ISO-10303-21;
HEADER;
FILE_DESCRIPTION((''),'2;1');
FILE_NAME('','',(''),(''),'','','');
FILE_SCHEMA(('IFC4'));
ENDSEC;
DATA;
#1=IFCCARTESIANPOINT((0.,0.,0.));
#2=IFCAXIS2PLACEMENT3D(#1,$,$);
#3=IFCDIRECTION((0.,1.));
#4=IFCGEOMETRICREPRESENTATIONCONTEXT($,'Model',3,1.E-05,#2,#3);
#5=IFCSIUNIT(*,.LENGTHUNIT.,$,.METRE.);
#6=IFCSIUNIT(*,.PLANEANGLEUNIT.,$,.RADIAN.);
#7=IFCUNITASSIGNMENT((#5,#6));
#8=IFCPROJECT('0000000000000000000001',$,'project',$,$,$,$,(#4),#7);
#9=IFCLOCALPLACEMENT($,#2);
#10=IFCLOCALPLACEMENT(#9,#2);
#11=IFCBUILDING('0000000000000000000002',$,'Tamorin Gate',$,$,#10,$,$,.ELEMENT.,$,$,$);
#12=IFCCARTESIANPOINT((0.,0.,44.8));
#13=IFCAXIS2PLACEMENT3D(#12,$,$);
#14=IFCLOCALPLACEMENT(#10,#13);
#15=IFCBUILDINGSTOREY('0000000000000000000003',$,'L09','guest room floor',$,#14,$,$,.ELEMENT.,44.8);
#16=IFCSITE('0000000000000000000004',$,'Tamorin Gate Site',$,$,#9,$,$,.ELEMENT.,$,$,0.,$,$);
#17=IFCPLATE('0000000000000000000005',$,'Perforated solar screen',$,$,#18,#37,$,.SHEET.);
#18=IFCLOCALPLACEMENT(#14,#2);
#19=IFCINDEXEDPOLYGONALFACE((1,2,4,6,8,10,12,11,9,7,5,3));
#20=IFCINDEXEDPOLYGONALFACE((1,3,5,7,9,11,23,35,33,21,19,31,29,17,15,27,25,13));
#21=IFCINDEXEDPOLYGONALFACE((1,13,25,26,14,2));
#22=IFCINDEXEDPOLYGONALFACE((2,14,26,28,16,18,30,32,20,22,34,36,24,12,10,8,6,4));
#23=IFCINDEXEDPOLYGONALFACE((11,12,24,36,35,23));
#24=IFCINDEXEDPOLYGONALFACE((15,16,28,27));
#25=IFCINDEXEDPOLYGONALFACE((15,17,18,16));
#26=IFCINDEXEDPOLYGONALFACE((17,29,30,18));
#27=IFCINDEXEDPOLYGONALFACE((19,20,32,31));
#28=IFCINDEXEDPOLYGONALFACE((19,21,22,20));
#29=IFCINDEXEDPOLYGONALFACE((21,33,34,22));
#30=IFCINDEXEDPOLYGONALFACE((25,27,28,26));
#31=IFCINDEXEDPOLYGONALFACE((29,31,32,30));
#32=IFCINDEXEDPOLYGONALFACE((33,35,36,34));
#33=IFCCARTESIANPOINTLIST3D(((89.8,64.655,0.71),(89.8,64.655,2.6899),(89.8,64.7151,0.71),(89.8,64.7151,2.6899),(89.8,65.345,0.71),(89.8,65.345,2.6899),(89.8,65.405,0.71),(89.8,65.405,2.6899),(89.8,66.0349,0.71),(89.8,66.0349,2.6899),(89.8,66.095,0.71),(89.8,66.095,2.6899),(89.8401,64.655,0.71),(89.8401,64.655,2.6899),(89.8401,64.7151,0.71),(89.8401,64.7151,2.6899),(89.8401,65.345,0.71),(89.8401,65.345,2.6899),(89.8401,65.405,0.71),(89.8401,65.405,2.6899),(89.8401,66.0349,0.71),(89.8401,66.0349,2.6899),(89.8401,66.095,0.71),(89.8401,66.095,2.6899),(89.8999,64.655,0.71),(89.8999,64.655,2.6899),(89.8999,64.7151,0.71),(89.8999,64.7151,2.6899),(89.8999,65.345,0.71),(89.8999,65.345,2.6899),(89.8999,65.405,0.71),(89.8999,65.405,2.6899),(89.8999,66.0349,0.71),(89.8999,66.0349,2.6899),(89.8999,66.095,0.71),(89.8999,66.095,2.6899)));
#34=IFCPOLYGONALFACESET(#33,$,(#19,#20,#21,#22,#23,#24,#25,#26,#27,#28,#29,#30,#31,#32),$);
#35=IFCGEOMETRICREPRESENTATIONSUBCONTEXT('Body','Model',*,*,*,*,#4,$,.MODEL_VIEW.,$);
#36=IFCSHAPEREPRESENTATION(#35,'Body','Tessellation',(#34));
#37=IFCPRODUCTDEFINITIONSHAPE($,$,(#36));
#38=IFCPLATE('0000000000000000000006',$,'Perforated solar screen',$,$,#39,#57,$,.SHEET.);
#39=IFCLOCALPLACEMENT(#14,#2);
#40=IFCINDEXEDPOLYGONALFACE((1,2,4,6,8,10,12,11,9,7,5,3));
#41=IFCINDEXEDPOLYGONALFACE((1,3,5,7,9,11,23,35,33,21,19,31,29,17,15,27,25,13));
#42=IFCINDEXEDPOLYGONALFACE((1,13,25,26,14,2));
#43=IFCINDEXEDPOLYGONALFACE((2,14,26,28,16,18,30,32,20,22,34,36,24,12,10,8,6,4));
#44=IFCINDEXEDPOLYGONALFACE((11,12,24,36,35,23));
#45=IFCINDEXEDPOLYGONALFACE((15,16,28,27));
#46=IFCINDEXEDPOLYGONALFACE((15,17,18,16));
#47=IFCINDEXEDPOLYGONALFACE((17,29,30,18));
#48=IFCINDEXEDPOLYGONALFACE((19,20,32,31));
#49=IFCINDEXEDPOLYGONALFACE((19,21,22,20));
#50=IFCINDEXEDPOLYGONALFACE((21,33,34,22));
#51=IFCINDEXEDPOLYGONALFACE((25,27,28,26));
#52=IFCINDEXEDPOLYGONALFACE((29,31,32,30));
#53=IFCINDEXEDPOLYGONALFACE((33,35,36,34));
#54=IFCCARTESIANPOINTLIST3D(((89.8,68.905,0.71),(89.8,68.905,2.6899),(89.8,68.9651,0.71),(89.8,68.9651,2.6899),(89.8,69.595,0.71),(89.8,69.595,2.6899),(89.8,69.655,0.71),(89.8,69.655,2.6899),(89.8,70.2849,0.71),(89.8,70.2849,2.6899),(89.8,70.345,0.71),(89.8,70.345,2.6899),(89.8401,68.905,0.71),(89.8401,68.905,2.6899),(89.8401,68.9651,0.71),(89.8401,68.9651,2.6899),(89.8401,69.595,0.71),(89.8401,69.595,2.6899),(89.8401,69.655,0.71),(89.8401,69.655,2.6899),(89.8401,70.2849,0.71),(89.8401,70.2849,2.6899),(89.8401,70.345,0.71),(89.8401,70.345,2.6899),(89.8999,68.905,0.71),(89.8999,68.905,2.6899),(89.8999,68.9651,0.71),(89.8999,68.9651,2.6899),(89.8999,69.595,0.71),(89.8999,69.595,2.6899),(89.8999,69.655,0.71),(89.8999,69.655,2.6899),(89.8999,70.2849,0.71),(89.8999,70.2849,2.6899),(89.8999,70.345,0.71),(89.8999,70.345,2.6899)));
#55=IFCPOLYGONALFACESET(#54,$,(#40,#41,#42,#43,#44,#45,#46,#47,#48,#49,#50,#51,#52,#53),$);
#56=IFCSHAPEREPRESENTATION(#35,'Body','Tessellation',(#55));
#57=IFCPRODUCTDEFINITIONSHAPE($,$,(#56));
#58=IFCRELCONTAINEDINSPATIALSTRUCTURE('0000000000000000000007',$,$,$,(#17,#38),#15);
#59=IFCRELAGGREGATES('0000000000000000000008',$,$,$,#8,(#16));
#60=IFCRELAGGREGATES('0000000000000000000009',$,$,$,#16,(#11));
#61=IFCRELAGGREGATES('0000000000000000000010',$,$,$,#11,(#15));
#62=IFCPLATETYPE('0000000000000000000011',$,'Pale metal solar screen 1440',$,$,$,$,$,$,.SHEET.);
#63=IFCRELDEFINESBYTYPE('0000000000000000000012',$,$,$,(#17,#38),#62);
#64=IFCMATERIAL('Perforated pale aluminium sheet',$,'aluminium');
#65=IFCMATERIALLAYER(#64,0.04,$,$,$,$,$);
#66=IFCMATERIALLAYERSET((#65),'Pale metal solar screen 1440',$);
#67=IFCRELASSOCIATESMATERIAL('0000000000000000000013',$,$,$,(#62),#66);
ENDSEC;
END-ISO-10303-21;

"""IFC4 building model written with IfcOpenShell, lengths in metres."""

from ifc_helpers import new_model, si_unit, direction, frame, origin, place, context, subcontext, project, spatial, polyline, outline, extrude, material, layer, layer_set, type_object, element, save


model = new_model("IFC4")

# Units and contexts
model_context = context("Model", 3, precision=1e-05, world=origin(), true_north=direction((0.0, 1.0)))
body_context = subcontext(model_context, "Body", "Model", "MODEL_VIEW")
ifc_project = project(units=[si_unit("LENGTHUNIT", "METRE"), si_unit("PLANEANGLEUNIT", "RADIAN")], contexts=[model_context])

# Site, building, storey
site_placement = place(None, origin())
site = spatial("IfcSite", under=ifc_project, at=site_placement, Name="Tamorin Gate Site", CompositionType="ELEMENT", RefElevation=0.0)
building_placement = place(site_placement, origin())
building = spatial("IfcBuilding", under=site, at=building_placement, Name="Tamorin Gate", CompositionType="ELEMENT")
storey_placement = place(building_placement, frame((0.0, 0.0, 44.8)))
storey = spatial("IfcBuildingStorey", under=building, at=storey_placement, Name="L09", Description="guest room floor", CompositionType="ELEMENT", Elevation=44.8)

# Plates
ifc_material_1 = material(Name="Perforated pale aluminium sheet", Category="aluminium")
ifc_layer_1 = layer(ifc_material_1, 0.04)
ifc_layer_set_1 = layer_set([ifc_layer_1], Name="Pale metal solar screen 1440")
plate_type = type_object("IfcPlateType", Name="Pale metal solar screen 1440", PredefinedType="SHEET", material=ifc_layer_set_1)
plate_1_placement = place(storey_placement, frame((0.0, 0.0, 0.71)))
element("IfcPlate", 1, at=plate_1_placement, inside=storey, type_object=plate_type, Name="Perforated solar screen", PredefinedType="SHEET", context=body_context, shape_type="SweptSolid", body=[
    extrude(outline(polyline([(89.8401, 64.655), (89.8, 64.655), (89.8, 64.7151), (89.8, 65.345), (89.8, 65.405), (89.8, 66.0349), (89.8, 66.095), (89.8401, 66.095), (89.8999, 66.095), (89.8999, 66.0349), (89.8401, 66.0349), (89.8401, 65.405), (89.8999, 65.405), (89.8999, 65.345), (89.8401, 65.345), (89.8401, 64.7151), (89.8999, 64.7151), (89.8999, 64.655), (89.8401, 64.655)])), origin(), (0.0, 0.0, 1.0), 1.98),
])
plate_2_placement = place(storey_placement, frame((0.0, 0.0, 0.71)))
element("IfcPlate", 2, at=plate_2_placement, inside=storey, type_object=plate_type, Name="Perforated solar screen", PredefinedType="SHEET", context=body_context, shape_type="SweptSolid", body=[
    extrude(outline(polyline([(89.8401, 68.905), (89.8, 68.905), (89.8, 68.9651), (89.8, 69.595), (89.8, 69.655), (89.8, 70.2849), (89.8, 70.345), (89.8401, 70.345), (89.8999, 70.345), (89.8999, 70.2849), (89.8401, 70.2849), (89.8401, 69.655), (89.8999, 69.655), (89.8999, 69.595), (89.8401, 69.595), (89.8401, 68.9651), (89.8999, 68.9651), (89.8999, 68.905), (89.8401, 68.905)])), origin(), (0.0, 0.0, 1.0), 1.98),
])

save(model, "model.ifc")
